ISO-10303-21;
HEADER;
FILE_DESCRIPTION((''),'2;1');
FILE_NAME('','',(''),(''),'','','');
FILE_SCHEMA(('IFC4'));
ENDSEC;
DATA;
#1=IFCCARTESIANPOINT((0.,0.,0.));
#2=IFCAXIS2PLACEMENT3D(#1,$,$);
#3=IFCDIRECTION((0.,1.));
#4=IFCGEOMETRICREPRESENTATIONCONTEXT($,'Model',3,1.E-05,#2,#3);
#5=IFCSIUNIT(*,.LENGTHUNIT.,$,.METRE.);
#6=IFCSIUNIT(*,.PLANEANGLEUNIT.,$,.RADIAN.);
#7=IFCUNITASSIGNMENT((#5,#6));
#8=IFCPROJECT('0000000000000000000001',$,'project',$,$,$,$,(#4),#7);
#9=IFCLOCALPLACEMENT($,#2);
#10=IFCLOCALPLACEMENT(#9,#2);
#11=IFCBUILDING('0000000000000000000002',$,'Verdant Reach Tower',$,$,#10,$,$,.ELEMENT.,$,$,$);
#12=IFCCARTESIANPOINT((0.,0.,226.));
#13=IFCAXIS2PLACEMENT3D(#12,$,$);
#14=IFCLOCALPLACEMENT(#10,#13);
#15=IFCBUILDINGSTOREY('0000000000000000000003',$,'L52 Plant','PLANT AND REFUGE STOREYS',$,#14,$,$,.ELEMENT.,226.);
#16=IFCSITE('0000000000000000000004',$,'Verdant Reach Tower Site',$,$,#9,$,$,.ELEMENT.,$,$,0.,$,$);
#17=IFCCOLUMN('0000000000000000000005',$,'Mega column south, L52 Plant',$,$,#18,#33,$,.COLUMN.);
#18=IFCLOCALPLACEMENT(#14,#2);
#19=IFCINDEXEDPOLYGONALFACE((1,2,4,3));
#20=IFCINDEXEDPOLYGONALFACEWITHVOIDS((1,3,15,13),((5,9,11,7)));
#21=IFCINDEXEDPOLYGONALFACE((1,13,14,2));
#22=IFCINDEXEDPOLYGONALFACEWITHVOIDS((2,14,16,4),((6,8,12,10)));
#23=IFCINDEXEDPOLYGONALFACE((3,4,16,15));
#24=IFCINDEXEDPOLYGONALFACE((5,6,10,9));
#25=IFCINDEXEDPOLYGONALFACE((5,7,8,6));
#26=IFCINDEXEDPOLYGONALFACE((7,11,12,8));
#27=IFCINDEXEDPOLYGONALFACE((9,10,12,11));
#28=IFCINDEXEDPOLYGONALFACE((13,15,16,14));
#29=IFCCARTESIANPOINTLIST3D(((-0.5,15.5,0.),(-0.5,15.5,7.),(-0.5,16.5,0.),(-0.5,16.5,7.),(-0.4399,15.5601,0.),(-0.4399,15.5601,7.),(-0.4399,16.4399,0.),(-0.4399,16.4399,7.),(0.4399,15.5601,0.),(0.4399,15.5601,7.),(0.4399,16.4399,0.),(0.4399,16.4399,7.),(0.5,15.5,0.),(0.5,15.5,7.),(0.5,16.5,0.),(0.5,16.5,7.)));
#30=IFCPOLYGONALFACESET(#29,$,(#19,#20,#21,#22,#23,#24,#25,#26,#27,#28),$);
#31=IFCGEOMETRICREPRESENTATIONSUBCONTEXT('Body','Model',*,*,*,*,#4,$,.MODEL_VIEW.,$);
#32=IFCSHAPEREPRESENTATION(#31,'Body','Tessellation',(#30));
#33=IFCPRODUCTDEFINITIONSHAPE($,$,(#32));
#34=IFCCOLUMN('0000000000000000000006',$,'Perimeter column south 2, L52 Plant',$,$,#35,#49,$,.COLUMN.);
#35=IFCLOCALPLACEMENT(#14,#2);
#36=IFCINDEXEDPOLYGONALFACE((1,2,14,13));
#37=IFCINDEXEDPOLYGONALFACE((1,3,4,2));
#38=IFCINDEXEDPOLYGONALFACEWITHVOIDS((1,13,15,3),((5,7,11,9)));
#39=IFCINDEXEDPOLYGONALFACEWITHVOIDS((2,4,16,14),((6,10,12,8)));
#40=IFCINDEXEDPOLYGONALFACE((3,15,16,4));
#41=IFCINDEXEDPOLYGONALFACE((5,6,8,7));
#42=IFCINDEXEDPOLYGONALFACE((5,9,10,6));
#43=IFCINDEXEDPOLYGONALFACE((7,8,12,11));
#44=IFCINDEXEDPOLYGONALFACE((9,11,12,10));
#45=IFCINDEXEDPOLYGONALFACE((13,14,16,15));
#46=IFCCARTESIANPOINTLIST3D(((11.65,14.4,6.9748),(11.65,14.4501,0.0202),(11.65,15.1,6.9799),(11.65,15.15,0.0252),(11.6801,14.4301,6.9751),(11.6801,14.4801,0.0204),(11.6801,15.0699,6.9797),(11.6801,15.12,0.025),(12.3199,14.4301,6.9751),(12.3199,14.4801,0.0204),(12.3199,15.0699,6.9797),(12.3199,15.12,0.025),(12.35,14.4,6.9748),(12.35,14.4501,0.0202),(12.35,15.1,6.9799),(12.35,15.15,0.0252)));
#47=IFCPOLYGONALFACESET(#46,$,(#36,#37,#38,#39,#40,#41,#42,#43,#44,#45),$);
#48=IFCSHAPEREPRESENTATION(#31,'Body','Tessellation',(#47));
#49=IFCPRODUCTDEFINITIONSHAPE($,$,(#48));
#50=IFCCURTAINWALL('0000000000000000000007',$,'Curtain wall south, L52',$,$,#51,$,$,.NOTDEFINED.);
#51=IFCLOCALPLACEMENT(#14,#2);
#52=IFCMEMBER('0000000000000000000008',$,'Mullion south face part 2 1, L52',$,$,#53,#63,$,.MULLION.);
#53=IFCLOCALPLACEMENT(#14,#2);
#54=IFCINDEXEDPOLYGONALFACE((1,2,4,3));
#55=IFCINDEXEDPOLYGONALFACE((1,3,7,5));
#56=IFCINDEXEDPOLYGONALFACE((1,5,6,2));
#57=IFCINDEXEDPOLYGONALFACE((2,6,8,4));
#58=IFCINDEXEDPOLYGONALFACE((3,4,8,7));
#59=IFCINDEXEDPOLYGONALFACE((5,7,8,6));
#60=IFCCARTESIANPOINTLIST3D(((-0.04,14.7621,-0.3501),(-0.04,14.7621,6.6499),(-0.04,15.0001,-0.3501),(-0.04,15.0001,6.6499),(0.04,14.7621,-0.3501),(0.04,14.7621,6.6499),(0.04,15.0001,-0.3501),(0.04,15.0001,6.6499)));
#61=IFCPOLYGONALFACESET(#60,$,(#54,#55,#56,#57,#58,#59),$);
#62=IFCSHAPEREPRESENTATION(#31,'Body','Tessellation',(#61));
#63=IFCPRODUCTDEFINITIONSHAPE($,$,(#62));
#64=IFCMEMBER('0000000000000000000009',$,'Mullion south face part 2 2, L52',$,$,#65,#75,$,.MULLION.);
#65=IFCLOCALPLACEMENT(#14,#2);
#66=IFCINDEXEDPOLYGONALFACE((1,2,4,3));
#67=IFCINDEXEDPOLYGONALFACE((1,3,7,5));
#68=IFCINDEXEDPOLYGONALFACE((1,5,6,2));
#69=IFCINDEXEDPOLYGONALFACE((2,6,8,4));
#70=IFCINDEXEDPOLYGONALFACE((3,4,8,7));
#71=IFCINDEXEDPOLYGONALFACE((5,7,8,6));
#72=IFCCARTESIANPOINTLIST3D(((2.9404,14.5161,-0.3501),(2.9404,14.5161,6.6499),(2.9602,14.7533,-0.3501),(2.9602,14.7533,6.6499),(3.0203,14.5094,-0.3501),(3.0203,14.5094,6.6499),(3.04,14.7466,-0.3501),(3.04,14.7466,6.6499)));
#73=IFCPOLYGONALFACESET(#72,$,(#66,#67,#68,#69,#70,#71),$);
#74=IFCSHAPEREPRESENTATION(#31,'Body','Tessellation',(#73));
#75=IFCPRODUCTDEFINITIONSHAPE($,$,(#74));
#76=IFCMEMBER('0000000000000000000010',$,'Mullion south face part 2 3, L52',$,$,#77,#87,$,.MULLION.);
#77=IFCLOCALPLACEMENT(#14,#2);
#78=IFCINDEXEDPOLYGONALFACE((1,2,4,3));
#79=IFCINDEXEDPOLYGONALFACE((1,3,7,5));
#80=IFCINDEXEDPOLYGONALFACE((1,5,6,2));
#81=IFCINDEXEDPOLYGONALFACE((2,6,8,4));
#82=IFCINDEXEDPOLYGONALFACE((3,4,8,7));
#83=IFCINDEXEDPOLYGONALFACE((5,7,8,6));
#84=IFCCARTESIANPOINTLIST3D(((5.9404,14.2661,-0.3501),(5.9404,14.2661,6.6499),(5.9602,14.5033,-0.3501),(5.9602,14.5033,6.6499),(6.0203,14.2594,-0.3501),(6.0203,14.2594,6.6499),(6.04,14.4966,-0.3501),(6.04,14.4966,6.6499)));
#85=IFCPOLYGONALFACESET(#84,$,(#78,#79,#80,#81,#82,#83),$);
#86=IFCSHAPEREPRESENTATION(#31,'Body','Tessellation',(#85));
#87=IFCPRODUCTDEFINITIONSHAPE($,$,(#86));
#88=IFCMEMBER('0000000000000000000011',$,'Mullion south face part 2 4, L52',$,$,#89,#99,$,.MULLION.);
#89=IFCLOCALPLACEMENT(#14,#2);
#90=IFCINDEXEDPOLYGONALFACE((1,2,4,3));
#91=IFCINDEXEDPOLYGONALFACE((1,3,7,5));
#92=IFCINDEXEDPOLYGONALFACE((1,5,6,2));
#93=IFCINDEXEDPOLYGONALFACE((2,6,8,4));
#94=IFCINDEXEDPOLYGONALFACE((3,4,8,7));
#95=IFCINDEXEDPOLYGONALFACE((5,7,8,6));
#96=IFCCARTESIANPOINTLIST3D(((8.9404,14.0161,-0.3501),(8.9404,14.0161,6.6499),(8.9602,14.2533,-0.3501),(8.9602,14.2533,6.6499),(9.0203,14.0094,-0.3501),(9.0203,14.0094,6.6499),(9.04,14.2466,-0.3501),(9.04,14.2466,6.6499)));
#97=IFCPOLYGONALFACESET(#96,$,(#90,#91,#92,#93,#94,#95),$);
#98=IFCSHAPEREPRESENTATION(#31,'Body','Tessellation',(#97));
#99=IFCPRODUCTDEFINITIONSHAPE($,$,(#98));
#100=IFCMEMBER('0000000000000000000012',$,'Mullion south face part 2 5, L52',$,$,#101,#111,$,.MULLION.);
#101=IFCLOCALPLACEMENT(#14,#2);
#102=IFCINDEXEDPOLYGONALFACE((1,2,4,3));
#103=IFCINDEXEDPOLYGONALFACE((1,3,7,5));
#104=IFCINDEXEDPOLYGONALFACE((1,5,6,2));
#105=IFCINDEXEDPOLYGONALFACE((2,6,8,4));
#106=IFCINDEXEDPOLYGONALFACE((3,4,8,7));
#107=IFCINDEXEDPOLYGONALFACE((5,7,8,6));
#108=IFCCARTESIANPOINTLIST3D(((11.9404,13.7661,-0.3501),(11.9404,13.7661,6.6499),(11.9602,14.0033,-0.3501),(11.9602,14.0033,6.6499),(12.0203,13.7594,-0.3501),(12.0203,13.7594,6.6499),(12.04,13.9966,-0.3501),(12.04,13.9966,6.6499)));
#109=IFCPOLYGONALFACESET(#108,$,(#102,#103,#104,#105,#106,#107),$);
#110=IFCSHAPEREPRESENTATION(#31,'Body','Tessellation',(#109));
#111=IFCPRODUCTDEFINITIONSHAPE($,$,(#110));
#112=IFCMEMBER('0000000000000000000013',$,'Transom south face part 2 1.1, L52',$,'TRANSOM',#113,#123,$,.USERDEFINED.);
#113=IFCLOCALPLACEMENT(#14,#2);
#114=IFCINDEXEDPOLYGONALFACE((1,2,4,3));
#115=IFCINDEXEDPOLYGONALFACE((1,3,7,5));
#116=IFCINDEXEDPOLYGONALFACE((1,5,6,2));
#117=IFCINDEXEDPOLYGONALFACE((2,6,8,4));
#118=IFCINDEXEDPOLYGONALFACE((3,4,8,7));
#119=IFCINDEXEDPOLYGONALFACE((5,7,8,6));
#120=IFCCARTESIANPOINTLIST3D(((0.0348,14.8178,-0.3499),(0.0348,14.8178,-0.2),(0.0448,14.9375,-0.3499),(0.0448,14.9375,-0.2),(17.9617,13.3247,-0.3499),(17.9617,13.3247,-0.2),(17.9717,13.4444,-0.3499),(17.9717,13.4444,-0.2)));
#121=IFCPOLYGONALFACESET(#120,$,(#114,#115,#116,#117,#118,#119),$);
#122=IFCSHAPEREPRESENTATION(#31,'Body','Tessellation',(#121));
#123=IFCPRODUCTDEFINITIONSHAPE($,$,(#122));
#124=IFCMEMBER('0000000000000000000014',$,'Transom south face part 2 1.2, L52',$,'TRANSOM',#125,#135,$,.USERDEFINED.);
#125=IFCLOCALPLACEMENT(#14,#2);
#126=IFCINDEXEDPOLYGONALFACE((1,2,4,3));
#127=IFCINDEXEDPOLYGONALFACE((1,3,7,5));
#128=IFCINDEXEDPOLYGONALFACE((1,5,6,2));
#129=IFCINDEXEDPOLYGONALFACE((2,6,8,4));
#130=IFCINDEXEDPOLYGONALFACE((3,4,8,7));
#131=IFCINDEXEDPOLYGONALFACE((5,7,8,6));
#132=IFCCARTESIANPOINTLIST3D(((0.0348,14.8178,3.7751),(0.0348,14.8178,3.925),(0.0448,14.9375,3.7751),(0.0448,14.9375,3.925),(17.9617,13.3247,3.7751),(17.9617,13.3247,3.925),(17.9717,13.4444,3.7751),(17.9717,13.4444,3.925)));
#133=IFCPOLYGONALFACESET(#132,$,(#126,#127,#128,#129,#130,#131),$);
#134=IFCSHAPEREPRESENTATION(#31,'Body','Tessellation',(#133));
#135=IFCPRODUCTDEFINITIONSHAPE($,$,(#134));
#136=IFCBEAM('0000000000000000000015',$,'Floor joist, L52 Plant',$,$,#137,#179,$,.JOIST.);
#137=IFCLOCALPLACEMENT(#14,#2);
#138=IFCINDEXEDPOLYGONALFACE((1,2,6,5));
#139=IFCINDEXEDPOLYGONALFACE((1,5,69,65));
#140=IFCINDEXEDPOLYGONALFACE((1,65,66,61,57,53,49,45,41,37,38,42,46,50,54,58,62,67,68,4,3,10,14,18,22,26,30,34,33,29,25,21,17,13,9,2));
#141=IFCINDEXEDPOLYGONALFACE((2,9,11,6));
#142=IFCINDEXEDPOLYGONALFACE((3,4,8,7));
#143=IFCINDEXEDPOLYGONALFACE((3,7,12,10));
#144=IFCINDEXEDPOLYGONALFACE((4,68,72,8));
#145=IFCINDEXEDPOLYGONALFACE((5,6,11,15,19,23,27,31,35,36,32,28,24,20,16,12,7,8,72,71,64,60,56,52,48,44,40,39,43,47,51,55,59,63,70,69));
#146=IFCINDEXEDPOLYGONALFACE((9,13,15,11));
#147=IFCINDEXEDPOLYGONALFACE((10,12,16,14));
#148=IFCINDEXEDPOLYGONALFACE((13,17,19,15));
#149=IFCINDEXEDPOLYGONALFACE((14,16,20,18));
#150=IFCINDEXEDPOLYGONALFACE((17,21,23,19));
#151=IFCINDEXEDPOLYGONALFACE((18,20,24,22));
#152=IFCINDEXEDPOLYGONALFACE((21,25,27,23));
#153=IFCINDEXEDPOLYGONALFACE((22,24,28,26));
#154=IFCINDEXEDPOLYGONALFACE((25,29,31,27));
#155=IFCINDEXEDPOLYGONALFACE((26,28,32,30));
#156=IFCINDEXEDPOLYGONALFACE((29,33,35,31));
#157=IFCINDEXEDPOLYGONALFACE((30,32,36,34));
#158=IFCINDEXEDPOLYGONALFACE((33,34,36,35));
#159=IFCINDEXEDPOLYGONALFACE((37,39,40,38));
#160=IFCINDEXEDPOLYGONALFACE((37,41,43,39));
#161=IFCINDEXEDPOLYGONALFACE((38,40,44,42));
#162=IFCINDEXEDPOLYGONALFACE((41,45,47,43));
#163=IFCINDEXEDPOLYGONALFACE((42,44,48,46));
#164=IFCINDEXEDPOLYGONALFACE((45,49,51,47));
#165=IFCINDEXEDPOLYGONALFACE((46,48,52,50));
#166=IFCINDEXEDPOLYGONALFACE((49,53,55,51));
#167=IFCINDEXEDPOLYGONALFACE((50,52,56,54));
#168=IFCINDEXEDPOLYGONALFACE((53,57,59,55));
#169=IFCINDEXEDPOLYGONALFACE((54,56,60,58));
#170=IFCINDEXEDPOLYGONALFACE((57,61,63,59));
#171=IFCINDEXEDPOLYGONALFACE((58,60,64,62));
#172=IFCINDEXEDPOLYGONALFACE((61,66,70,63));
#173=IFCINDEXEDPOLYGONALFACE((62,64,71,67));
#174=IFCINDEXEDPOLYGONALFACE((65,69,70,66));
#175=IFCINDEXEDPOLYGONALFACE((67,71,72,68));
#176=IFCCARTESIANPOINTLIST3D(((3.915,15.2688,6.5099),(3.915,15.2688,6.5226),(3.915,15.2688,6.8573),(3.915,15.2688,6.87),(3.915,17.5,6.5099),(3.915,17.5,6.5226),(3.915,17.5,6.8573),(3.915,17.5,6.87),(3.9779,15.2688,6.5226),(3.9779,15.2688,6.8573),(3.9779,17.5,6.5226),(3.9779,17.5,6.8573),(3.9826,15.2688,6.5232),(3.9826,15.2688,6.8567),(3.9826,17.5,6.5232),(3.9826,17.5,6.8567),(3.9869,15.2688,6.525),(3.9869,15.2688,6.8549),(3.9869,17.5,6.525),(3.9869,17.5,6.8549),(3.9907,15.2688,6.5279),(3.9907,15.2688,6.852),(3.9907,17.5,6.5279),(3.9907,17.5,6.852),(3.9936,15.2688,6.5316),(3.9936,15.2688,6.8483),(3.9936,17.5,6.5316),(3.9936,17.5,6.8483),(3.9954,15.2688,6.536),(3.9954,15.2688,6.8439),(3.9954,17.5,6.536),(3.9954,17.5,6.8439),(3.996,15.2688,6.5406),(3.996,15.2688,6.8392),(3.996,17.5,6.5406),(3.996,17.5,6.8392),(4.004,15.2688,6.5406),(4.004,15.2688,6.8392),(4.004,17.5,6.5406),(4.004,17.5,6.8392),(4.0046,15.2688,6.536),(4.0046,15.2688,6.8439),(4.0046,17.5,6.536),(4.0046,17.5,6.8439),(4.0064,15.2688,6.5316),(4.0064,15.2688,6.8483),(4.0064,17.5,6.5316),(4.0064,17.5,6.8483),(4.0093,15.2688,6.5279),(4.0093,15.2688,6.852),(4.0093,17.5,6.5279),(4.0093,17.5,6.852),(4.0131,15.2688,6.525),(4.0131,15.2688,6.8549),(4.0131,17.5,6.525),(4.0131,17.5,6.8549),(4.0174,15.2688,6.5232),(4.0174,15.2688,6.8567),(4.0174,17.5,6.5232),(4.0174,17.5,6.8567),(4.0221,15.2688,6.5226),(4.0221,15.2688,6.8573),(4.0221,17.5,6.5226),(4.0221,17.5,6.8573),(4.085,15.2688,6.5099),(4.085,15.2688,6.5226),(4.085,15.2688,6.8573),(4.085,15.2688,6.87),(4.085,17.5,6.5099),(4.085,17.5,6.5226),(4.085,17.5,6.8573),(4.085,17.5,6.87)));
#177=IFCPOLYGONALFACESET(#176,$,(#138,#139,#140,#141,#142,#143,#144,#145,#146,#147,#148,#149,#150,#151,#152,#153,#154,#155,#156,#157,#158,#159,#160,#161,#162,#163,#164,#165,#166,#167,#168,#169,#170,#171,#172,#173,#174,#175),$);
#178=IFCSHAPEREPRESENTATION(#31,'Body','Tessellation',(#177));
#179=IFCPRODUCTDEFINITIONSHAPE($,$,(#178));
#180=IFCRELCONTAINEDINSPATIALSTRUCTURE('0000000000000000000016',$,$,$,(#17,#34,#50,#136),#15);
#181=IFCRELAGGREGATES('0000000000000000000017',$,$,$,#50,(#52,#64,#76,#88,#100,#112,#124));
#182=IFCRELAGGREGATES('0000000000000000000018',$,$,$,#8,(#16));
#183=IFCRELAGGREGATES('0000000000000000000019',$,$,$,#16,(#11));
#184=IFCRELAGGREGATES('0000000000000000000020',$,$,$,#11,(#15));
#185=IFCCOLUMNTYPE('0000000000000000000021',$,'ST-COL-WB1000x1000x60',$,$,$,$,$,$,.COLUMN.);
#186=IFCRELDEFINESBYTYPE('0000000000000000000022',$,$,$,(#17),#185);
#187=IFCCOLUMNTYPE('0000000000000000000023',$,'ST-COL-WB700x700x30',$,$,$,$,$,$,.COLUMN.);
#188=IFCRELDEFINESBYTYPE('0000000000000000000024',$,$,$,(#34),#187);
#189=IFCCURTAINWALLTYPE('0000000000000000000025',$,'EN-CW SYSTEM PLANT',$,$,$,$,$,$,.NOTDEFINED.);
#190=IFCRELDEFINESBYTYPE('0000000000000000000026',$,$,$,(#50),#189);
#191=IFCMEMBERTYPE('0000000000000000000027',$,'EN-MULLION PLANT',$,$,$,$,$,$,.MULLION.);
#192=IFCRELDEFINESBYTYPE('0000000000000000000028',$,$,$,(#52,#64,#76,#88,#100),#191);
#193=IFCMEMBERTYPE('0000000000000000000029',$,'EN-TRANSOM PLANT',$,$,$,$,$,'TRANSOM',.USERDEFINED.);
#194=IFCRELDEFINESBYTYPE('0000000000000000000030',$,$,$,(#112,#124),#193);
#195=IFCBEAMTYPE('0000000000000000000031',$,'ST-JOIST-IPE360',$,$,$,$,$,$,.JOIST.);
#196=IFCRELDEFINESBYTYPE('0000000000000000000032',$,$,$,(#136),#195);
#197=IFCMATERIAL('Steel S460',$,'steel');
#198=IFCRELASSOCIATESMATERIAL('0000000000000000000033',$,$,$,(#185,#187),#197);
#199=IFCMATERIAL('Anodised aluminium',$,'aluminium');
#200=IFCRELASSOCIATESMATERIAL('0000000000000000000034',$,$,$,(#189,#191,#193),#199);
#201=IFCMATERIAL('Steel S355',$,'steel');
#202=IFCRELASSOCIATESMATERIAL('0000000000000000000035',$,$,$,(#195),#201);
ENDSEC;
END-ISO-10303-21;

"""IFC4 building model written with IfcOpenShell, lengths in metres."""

from ifc_helpers import new_model, si_unit, direction, frame, origin, origin_2d, place, context, subcontext, project, spatial, rectangle, hollow_rectangle, i_section, extrude, material, material_profile, profile_set, type_object, element, aggregate, save


model = new_model("IFC4")

# Units and contexts
model_context = context("Model", 3, precision=1e-05, world=origin(), true_north=direction((0.0, 1.0)))
body_context = subcontext(model_context, "Body", "Model", "MODEL_VIEW")
ifc_project = project(units=[si_unit("LENGTHUNIT", "METRE"), si_unit("PLANEANGLEUNIT", "RADIAN")], contexts=[model_context])

# Site, building, storey
site_placement = place(None, origin())
site = spatial("IfcSite", under=ifc_project, at=site_placement, Name="Verdant Reach Tower Site", CompositionType="ELEMENT", RefElevation=0.0)
building_placement = place(site_placement, origin())
building = spatial("IfcBuilding", under=site, at=building_placement, Name="Verdant Reach Tower", CompositionType="ELEMENT")
storey_placement = place(building_placement, frame((0.0, 0.0, 226.0)))
storey = spatial("IfcBuildingStorey", under=building, at=storey_placement, Name="L52 Plant", Description="PLANT AND REFUGE STOREYS", CompositionType="ELEMENT", Elevation=226.0)

# Columns
ifc_material_1 = material(Name="Steel S460", Category="steel")
ifc_material_profile_1 = material_profile(ifc_material_1, hollow_rectangle(XDim=1.0, YDim=1.0, WallThickness=0.0601, at=origin_2d()), Name="WB 1000x1000x60")
ifc_profile_set_1 = profile_set([ifc_material_profile_1], Name="Steel S460")
column_type_1 = type_object("IfcColumnType", Name="ST-COL-WB1000x1000x60", PredefinedType="COLUMN", material=ifc_profile_set_1)
column_1_placement = place(storey_placement, frame((0.0, 16.0, 0.0), z_axis=(0.0, 0.0, 1.0), x_axis=(1.0, 0.0, 0.0)))
element("IfcColumn", 1, at=column_1_placement, inside=storey, type_object=column_type_1, Name="Mega column south, L52 Plant", PredefinedType="COLUMN", context=body_context, shape_type="SweptSolid", body=[
    extrude(hollow_rectangle(XDim=1.0, YDim=1.0, WallThickness=0.0601, at=origin_2d()), origin(), (0.0, 0.0, 1.0), 7.0),
])
ifc_material_profile_2 = material_profile(ifc_material_1, hollow_rectangle(XDim=0.7, YDim=0.7, WallThickness=0.03, at=origin_2d()), Name="WB 700x700x30")
ifc_profile_set_2 = profile_set([ifc_material_profile_2], Name="Steel S460")
column_type_2 = type_object("IfcColumnType", Name="ST-COL-WB700x700x30", PredefinedType="COLUMN", material=ifc_profile_set_2)
column_2_placement = place(storey_placement, frame((12.0, 14.8, 0.0227), z_axis=(0.0, -0.007196, 0.999974), x_axis=(1.0, 0.0, 0.0)))
element("IfcColumn", 2, at=column_2_placement, inside=storey, type_object=column_type_2, Name="Perimeter column south 2, L52 Plant", PredefinedType="COLUMN", context=body_context, shape_type="SweptSolid", body=[
    extrude(hollow_rectangle(XDim=0.7, YDim=0.7, WallThickness=0.03, at=origin_2d()), origin(), (0.0, 0.0, 1.0), 6.9548),
])

# Curtain wall, members
ifc_material_2 = material(Name="Anodised aluminium", Category="aluminium")
curtain_wall_type = type_object("IfcCurtainWallType", Name="EN-CW SYSTEM PLANT", PredefinedType="NOTDEFINED", material=ifc_material_2)
curtain_wall_placement = place(storey_placement, origin())
curtain_wall = element("IfcCurtainWall", 3, at=curtain_wall_placement, inside=storey, type_object=curtain_wall_type, Name="Curtain wall south, L52", PredefinedType="NOTDEFINED")
ifc_material_profile_3 = material_profile(ifc_material_2, rectangle(XDim=0.238, YDim=0.0801, at=origin_2d()), Name="Mullion 80x240")
ifc_profile_set_3 = profile_set([ifc_material_profile_3], Name="Anodised aluminium")
member_type_1 = type_object("IfcMemberType", Name="EN-MULLION PLANT", PredefinedType="MULLION", material=ifc_profile_set_3)
member_1_placement = place(storey_placement, frame((0.0, 14.8811, -0.3501), z_axis=(0.0, 0.0, 1.0), x_axis=(0.0, -1.0, 0.0)))
member_1 = element("IfcMember", 4, at=member_1_placement, type_object=member_type_1, Name="Mullion south face part 2 1, L52", PredefinedType="MULLION", context=body_context, shape_type="SweptSolid", body=[
    extrude(rectangle(XDim=0.238, YDim=0.0801, at=origin_2d()), origin(), (0.0, 0.0, 1.0), 7.0),
])
member_2_placement = place(storey_placement, frame((2.9902, 14.6313, -0.3501), z_axis=(0.0, 0.0, 1.0), x_axis=(-0.083045, -0.996546, 0.0)))
member_2 = element("IfcMember", 5, at=member_2_placement, type_object=member_type_1, Name="Mullion south face part 2 2, L52", PredefinedType="MULLION", context=body_context, shape_type="SweptSolid", body=[
    extrude(rectangle(XDim=0.238, YDim=0.0801, at=origin_2d()), origin(), (0.0, 0.0, 1.0), 7.0),
])
member_3_placement = place(storey_placement, frame((5.9902, 14.3813, -0.3501), z_axis=(0.0, 0.0, 1.0), x_axis=(-0.083045, -0.996546, 0.0)))
member_3 = element("IfcMember", 6, at=member_3_placement, type_object=member_type_1, Name="Mullion south face part 2 3, L52", PredefinedType="MULLION", context=body_context, shape_type="SweptSolid", body=[
    extrude(rectangle(XDim=0.238, YDim=0.0801, at=origin_2d()), origin(), (0.0, 0.0, 1.0), 7.0),
])
member_4_placement = place(storey_placement, frame((8.9902, 14.1313, -0.3501), z_axis=(0.0, 0.0, 1.0), x_axis=(-0.083045, -0.996546, 0.0)))
member_4 = element("IfcMember", 7, at=member_4_placement, type_object=member_type_1, Name="Mullion south face part 2 4, L52", PredefinedType="MULLION", context=body_context, shape_type="SweptSolid", body=[
    extrude(rectangle(XDim=0.238, YDim=0.0801, at=origin_2d()), origin(), (0.0, 0.0, 1.0), 7.0),
])
member_5_placement = place(storey_placement, frame((11.9902, 13.8813, -0.3501), z_axis=(0.0, 0.0, 1.0), x_axis=(-0.083045, -0.996546, 0.0)))
member_5 = element("IfcMember", 8, at=member_5_placement, type_object=member_type_1, Name="Mullion south face part 2 5, L52", PredefinedType="MULLION", context=body_context, shape_type="SweptSolid", body=[
    extrude(rectangle(XDim=0.238, YDim=0.0801, at=origin_2d()), origin(), (0.0, 0.0, 1.0), 7.0),
])
ifc_material_profile_4 = material_profile(ifc_material_2, rectangle(XDim=0.1201, YDim=0.1499, at=origin_2d()), Name="Transom 150x120")
ifc_profile_set_4 = profile_set([ifc_material_profile_4], Name="Anodised aluminium")
member_type_2 = type_object("IfcMemberType", Name="EN-TRANSOM PLANT", ElementType="TRANSOM", PredefinedType="USERDEFINED", material=ifc_profile_set_4)
member_6_placement = place(storey_placement, frame((0.0398, 14.8777, -0.2749), z_axis=(0.996549, -0.083004, 0.0), x_axis=(0.083004, 0.996549, 0.0)))
member_6 = element("IfcMember", 9, at=member_6_placement, type_object=member_type_2, Name="Transom south face part 2 1.1, L52", ObjectType="TRANSOM", PredefinedType="USERDEFINED", context=body_context, shape_type="SweptSolid", body=[
    extrude(rectangle(XDim=0.1201, YDim=0.1499, at=origin_2d()), origin(), (0.0, 0.0, 1.0), 17.989),
])
member_7_placement = place(storey_placement, frame((0.0398, 14.8777, 3.8501), z_axis=(0.996549, -0.083004, 0.0), x_axis=(0.083004, 0.996549, 0.0)))
member_7 = element("IfcMember", 10, at=member_7_placement, type_object=member_type_2, Name="Transom south face part 2 1.2, L52", ObjectType="TRANSOM", PredefinedType="USERDEFINED", context=body_context, shape_type="SweptSolid", body=[
    extrude(rectangle(XDim=0.1201, YDim=0.1499, at=origin_2d()), origin(), (0.0, 0.0, 1.0), 17.989),
])

# Beam
ifc_material_3 = material(Name="Steel S355", Category="steel")
ifc_material_profile_5 = material_profile(ifc_material_3, i_section(OverallWidth=0.1699, OverallDepth=0.3601, WebThickness=0.0081, FlangeThickness=0.0127, FilletRadius=0.0181, at=origin_2d()), Name="IPE 360")
ifc_profile_set_5 = profile_set([ifc_material_profile_5], Name="Steel S355")
beam_type = type_object("IfcBeamType", Name="ST-JOIST-IPE360", PredefinedType="JOIST", material=ifc_profile_set_5)
beam_1_placement = place(storey_placement, frame((4.0, 17.5, 6.6899), z_axis=(0.0, -1.0, 0.0), x_axis=(1.0, 0.0, 0.0)))
element("IfcBeam", 11, at=beam_1_placement, inside=storey, type_object=beam_type, Name="Floor joist, L52 Plant", PredefinedType="JOIST", context=body_context, shape_type="SweptSolid", body=[
    extrude(i_section(OverallWidth=0.1699, OverallDepth=0.3601, WebThickness=0.0081, FlangeThickness=0.0127, FilletRadius=0.0181, at=origin_2d()), origin(), (0.0, 0.0, 1.0), 2.2312),
])

aggregate(curtain_wall, [member_1, member_2, member_3, member_4, member_5, member_6, member_7])

save(model, "model.ifc")
